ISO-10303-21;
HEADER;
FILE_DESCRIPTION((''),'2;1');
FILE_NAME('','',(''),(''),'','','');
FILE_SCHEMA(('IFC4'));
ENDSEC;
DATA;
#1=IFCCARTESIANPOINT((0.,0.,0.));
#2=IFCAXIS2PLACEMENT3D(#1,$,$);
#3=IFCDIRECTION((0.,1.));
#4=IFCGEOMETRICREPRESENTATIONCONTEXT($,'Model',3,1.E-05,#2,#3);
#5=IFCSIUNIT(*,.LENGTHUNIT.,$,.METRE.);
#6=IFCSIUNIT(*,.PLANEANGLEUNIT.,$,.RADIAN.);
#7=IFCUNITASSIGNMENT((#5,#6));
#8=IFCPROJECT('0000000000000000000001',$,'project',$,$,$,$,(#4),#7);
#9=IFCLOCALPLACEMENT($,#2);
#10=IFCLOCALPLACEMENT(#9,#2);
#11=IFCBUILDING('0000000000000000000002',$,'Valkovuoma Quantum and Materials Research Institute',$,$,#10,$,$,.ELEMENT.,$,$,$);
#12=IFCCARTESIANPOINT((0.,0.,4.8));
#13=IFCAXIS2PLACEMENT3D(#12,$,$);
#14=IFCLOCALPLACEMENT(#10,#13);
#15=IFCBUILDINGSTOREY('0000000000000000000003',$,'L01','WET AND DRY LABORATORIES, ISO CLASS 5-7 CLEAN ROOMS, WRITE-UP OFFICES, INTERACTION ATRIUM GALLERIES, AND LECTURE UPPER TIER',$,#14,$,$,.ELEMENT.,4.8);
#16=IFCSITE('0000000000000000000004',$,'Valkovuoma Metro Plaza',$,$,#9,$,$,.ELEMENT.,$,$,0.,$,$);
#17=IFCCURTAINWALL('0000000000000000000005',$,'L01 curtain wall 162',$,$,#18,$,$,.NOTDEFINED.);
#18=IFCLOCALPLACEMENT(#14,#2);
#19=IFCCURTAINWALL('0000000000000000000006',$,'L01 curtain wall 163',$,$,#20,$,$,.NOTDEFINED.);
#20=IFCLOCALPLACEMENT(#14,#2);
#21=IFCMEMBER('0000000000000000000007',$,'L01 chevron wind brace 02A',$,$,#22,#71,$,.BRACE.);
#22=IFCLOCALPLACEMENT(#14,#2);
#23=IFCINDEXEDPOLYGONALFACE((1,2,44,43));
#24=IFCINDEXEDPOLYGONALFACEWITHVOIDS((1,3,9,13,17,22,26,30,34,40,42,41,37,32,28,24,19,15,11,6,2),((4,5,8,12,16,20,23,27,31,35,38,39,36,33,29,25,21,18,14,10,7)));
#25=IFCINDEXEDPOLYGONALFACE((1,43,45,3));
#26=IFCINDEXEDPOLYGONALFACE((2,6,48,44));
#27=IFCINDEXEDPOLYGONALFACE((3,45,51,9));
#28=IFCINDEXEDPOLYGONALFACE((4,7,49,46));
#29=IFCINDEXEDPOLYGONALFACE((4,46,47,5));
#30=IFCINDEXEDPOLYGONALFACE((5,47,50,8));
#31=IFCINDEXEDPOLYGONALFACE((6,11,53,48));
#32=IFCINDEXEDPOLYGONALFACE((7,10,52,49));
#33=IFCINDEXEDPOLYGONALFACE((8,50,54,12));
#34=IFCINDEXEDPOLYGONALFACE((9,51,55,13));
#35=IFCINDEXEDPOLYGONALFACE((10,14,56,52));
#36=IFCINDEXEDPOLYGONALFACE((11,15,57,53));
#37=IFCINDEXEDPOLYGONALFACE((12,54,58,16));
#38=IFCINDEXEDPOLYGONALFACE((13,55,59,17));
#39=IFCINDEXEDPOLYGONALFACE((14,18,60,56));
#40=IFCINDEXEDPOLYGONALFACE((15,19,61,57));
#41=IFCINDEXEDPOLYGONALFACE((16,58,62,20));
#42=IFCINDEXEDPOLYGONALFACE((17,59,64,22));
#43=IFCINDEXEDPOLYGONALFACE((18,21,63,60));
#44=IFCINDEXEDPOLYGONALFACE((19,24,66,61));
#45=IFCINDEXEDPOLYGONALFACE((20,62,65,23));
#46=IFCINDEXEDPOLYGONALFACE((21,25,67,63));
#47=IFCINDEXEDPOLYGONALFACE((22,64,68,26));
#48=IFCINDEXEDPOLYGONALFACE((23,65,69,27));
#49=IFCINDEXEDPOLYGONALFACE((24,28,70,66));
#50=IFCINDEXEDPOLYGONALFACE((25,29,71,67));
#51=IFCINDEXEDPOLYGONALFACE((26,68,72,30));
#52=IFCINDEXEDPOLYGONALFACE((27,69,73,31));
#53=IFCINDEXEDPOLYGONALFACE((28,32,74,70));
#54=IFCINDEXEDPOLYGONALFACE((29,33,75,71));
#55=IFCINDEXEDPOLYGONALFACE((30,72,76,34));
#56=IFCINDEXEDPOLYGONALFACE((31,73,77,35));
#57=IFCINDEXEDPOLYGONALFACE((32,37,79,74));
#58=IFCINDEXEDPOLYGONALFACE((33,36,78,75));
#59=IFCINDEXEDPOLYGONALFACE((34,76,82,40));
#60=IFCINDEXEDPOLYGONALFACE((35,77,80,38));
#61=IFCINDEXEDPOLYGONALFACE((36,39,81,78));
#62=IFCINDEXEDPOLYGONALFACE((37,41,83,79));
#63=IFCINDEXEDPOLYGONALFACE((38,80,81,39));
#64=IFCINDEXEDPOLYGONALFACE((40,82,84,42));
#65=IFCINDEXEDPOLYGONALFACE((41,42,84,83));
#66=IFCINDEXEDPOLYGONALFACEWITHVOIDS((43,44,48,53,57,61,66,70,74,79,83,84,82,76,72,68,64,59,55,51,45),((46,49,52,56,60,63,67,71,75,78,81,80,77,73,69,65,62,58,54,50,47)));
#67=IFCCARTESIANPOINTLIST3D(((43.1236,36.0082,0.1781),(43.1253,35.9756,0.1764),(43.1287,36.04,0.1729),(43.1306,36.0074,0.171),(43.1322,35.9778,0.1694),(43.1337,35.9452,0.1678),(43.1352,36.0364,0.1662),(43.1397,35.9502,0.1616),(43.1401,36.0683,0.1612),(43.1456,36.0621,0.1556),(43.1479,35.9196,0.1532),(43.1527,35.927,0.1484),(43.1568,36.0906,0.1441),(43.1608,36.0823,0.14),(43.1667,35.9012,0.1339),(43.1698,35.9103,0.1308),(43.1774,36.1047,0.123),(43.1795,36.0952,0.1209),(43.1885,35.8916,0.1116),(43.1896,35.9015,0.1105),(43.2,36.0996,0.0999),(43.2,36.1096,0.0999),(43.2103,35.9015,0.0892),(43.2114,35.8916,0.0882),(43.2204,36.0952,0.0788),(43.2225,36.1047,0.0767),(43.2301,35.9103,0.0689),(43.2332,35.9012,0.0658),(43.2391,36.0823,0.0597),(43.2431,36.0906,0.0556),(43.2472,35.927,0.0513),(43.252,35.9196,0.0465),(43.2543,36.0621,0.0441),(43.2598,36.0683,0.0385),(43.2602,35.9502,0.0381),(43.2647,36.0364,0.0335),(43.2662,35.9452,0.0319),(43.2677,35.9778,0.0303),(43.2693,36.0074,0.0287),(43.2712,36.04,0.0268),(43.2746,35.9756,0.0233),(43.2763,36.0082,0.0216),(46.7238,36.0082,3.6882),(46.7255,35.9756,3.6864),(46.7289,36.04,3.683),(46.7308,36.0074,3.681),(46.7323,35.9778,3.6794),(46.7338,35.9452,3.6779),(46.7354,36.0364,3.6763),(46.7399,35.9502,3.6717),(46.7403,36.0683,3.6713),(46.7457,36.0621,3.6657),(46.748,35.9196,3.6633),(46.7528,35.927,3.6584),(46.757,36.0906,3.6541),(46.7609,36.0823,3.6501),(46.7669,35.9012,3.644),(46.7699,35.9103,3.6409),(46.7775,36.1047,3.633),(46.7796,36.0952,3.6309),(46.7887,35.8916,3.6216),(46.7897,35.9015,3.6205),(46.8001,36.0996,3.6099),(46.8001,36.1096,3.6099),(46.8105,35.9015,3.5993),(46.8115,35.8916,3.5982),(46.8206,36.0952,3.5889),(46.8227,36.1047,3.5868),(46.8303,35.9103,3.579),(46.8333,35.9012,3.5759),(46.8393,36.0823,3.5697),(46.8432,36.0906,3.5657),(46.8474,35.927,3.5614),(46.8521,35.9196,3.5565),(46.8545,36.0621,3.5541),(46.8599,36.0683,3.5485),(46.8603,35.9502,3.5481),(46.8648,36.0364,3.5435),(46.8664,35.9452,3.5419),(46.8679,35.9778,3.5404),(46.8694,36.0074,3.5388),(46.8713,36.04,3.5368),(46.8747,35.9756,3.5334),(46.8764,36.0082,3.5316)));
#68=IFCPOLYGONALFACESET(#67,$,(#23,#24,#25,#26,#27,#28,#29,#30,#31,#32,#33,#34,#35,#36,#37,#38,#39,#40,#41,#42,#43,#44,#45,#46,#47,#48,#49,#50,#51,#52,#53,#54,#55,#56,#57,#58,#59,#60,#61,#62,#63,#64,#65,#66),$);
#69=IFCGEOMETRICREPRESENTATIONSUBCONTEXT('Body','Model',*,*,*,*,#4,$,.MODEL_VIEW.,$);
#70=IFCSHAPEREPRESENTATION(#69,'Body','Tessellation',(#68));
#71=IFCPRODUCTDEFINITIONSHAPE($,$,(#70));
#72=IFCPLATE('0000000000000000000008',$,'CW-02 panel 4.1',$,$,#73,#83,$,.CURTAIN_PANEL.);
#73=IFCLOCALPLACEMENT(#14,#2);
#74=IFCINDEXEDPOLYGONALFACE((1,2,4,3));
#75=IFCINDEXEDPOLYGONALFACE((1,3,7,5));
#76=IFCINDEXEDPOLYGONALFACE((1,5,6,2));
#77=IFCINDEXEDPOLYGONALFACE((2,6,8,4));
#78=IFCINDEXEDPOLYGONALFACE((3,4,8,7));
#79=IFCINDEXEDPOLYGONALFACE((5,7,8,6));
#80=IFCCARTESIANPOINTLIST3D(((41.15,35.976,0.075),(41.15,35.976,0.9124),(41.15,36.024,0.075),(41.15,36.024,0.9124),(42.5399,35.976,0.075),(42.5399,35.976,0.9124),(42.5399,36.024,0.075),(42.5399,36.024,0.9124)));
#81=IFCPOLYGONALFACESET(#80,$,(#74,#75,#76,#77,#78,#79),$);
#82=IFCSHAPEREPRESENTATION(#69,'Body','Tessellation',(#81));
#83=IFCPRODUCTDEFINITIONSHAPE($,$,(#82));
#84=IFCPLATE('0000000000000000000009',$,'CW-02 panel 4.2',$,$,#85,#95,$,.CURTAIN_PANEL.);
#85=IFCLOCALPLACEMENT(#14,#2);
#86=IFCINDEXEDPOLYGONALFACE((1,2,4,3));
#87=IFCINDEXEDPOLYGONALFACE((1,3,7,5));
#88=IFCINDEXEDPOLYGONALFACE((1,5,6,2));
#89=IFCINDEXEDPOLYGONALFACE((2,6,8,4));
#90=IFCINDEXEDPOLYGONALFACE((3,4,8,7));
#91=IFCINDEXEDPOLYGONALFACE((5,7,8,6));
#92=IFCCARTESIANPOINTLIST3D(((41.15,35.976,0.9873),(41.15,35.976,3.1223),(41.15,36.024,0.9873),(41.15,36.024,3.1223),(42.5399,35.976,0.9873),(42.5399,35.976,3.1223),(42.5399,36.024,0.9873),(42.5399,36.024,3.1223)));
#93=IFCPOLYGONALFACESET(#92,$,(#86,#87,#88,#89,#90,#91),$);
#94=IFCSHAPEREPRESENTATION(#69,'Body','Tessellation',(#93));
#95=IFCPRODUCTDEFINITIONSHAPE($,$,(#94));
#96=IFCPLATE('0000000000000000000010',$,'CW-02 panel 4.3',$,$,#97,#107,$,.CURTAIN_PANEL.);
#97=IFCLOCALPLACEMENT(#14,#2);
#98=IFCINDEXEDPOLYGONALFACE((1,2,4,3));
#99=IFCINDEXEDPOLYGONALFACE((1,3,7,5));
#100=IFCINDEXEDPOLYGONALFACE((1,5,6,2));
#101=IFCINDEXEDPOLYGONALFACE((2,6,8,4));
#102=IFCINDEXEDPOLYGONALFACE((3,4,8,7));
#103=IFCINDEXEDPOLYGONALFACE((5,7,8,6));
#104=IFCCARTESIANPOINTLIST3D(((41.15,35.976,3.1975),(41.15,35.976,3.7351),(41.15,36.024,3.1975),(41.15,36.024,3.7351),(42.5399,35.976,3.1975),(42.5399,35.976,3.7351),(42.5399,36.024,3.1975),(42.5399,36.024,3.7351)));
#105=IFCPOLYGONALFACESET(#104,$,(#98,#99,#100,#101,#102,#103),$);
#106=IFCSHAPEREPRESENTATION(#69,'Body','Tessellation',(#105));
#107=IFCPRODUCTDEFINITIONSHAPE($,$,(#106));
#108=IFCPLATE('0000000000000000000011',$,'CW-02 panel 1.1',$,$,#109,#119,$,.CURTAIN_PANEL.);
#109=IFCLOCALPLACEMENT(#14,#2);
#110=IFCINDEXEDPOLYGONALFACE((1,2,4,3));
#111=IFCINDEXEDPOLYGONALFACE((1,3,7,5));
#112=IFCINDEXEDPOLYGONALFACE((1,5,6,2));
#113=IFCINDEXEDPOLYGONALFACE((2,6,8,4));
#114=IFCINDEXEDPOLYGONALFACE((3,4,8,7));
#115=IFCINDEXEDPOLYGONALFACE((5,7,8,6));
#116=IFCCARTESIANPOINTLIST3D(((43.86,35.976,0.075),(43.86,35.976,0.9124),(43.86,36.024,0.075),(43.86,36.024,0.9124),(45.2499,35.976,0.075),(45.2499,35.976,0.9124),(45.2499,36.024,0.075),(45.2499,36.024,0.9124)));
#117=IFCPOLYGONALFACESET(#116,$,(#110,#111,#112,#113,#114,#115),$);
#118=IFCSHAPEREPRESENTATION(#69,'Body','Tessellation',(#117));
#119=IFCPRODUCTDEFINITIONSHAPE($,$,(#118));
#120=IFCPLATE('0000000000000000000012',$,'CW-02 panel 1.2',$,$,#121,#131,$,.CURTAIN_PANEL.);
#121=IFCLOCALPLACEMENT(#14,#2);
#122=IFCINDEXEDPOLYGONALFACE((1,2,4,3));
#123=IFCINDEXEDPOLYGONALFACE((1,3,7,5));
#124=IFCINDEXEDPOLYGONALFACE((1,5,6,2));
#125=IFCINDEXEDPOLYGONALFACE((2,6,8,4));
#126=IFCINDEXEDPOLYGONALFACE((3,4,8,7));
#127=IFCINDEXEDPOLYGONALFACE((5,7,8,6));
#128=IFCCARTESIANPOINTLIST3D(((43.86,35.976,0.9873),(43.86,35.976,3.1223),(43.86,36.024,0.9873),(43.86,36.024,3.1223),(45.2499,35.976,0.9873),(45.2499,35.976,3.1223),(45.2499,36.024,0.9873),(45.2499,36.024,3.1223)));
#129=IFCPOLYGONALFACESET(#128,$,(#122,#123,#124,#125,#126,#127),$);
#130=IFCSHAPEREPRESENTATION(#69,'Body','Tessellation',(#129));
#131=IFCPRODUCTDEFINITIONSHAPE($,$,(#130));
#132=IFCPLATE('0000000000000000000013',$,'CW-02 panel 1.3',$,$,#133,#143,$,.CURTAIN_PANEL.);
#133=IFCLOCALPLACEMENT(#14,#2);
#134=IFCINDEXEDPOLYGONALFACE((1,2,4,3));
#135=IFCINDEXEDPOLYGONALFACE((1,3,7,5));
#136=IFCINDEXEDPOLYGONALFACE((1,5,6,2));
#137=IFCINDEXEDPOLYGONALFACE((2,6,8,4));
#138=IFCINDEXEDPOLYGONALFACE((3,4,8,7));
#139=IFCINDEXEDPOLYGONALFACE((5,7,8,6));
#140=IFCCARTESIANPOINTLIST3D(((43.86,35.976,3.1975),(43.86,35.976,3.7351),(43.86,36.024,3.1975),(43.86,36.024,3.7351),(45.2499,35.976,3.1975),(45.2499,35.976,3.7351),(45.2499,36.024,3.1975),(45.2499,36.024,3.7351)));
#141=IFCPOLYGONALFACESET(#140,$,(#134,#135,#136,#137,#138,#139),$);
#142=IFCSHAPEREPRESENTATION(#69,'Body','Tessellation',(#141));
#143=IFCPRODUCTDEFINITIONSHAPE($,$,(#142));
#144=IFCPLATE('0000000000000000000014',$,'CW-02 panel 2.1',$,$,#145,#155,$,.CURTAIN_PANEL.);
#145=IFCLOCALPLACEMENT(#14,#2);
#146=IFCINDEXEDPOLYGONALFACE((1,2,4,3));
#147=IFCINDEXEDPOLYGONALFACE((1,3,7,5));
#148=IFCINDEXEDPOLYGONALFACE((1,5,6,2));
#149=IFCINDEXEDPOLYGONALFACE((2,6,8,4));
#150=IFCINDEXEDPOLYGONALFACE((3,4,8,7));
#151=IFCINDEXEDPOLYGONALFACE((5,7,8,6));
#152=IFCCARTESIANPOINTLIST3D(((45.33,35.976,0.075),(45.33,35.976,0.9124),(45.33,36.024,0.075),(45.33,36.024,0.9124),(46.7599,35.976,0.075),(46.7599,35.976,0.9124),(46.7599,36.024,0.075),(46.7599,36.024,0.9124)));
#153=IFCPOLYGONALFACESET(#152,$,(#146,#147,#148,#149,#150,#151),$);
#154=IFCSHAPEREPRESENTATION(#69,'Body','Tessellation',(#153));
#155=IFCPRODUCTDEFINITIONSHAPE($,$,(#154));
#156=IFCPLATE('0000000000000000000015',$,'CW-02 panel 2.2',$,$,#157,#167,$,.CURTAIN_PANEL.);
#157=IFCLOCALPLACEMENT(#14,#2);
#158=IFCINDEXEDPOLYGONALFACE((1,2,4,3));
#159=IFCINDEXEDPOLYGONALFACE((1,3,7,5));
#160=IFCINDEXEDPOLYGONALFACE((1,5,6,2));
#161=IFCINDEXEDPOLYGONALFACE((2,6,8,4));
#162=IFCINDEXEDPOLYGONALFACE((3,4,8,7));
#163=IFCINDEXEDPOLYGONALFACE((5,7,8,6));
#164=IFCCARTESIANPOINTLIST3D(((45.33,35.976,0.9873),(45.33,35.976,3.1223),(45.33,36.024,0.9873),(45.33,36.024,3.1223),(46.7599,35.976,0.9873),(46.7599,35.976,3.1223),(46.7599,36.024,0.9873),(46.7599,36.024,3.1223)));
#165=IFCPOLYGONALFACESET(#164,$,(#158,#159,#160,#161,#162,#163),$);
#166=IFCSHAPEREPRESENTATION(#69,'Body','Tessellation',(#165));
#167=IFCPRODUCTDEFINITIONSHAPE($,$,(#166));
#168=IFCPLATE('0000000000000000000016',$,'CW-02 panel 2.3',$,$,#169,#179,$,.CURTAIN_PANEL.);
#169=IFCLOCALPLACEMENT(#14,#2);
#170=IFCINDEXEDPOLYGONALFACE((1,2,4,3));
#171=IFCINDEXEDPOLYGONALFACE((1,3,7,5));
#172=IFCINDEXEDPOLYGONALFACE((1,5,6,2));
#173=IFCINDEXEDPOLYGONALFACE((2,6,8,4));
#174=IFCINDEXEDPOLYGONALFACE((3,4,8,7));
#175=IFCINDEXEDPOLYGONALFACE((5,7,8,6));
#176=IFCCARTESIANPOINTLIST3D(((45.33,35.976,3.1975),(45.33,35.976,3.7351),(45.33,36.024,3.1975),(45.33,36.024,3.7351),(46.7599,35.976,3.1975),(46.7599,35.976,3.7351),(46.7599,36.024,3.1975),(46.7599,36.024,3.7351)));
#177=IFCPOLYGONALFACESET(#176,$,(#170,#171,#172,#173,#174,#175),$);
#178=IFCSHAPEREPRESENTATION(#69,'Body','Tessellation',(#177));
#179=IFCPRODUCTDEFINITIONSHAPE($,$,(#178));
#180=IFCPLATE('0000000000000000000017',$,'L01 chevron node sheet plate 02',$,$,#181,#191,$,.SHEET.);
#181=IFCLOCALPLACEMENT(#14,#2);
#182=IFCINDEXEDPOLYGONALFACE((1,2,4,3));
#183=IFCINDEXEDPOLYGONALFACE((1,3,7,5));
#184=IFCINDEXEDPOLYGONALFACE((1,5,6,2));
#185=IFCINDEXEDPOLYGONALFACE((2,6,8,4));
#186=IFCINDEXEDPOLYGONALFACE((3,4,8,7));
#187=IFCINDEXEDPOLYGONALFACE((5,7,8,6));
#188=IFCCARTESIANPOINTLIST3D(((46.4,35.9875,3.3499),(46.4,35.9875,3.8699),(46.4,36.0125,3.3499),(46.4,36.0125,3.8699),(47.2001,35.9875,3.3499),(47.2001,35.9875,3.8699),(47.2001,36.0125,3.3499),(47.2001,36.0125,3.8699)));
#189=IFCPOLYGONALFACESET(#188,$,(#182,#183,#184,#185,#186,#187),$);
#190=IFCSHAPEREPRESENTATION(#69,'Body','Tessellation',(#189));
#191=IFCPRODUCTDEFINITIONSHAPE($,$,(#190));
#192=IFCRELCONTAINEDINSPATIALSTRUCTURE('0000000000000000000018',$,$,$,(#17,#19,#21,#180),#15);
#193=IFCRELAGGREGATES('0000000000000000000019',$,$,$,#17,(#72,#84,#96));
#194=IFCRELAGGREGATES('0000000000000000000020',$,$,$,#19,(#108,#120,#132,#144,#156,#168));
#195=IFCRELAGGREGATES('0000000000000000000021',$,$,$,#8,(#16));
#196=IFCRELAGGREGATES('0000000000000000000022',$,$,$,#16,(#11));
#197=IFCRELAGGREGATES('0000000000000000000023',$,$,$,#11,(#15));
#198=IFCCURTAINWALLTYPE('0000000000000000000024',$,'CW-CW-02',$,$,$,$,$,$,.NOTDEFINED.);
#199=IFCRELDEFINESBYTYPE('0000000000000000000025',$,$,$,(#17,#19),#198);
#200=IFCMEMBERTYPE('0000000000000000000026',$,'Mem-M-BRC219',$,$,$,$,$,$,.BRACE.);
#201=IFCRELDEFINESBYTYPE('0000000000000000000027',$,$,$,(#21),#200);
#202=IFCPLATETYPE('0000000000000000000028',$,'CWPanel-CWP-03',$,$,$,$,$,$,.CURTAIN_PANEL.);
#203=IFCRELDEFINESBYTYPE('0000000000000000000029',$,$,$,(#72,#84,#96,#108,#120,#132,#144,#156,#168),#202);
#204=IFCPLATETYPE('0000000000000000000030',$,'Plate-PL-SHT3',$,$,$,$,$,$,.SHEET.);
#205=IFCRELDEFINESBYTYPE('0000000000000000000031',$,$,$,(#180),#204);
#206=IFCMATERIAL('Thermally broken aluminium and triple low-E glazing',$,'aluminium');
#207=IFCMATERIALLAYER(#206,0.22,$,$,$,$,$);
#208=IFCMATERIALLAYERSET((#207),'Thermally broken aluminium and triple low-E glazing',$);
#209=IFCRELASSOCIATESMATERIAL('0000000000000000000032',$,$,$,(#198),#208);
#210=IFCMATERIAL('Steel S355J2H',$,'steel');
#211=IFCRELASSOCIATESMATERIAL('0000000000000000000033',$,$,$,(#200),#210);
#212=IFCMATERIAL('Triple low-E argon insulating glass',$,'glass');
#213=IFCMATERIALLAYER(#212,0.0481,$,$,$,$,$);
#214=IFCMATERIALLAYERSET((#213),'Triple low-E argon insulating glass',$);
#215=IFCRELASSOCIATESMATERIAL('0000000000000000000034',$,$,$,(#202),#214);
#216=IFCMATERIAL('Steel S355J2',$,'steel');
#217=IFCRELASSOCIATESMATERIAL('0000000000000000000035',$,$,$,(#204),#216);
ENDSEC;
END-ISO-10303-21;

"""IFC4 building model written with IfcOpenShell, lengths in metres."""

from ifc_helpers import new_model, si_unit, direction, frame, origin, origin_2d, place, context, subcontext, project, spatial, rectangle, hollow_circle, extrude, material, layer, layer_set, material_profile, profile_set, type_object, element, aggregate, save


model = new_model("IFC4")

# Units and contexts
model_context = context("Model", 3, precision=1e-05, world=origin(), true_north=direction((0.0, 1.0)))
body_context = subcontext(model_context, "Body", "Model", "MODEL_VIEW")
ifc_project = project(units=[si_unit("LENGTHUNIT", "METRE"), si_unit("PLANEANGLEUNIT", "RADIAN")], contexts=[model_context])

# Site, building, storey
site_placement = place(None, origin())
site = spatial("IfcSite", under=ifc_project, at=site_placement, Name="Valkovuoma Metro Plaza", CompositionType="ELEMENT", RefElevation=0.0)
building_placement = place(site_placement, origin())
building = spatial("IfcBuilding", under=site, at=building_placement, Name="Valkovuoma Quantum and Materials Research Institute", CompositionType="ELEMENT")
storey_placement = place(building_placement, frame((0.0, 0.0, 4.8)))
storey = spatial("IfcBuildingStorey", under=building, at=storey_placement, Name="L01", Description="WET AND DRY LABORATORIES, ISO CLASS 5-7 CLEAN ROOMS, WRITE-UP OFFICES, INTERACTION ATRIUM GALLERIES, AND LECTURE UPPER TIER", CompositionType="ELEMENT", Elevation=4.8)

# Curtain wall
ifc_material_1 = material(Name="Thermally broken aluminium and triple low-E glazing", Category="aluminium")
ifc_layer_1 = layer(ifc_material_1, 0.22)
ifc_layer_set_1 = layer_set([ifc_layer_1], Name="Thermally broken aluminium and triple low-E glazing")
curtain_wall_type = type_object("IfcCurtainWallType", Name="CW-CW-02", PredefinedType="NOTDEFINED", material=ifc_layer_set_1)
curtain_wall_1_placement = place(storey_placement, origin())
curtain_wall_1 = element("IfcCurtainWall", 1, at=curtain_wall_1_placement, inside=storey, type_object=curtain_wall_type, Name="L01 curtain wall 162", PredefinedType="NOTDEFINED")

# Curtain wall
curtain_wall_2_placement = place(storey_placement, origin())
curtain_wall_2 = element("IfcCurtainWall", 2, at=curtain_wall_2_placement, inside=storey, type_object=curtain_wall_type, Name="L01 curtain wall 163", PredefinedType="NOTDEFINED")

# Member
ifc_material_2 = material(Name="Steel S355J2H", Category="steel")
ifc_material_profile_1 = material_profile(ifc_material_2, hollow_circle(Radius=0.1096, WallThickness=0.01, at=origin_2d()), Name="Steel S355J2H")
ifc_profile_set_1 = profile_set([ifc_material_profile_1], Name="Steel S355J2H")
member_type_1 = type_object("IfcMemberType", Name="Mem-M-BRC219", PredefinedType="BRACE", material=ifc_profile_set_1)
member_1_placement = place(storey_placement, frame((43.2, 36.0, 0.0999), z_axis=(0.716009, 0.0, 0.698091), x_axis=(0.0, 1.0, 0.0)))
element("IfcMember", 3, at=member_1_placement, inside=storey, type_object=member_type_1, Name="L01 chevron wind brace 02A", PredefinedType="BRACE", context=body_context, shape_type="SweptSolid", body=[
    extrude(hollow_circle(Radius=0.1096, WallThickness=0.01, at=origin_2d()), origin(), (0.0, 0.0, 1.0), 5.0281),
])

# Plates
ifc_material_3 = material(Name="Triple low-E argon insulating glass", Category="glass")
ifc_layer_2 = layer(ifc_material_3, 0.0481)
ifc_layer_set_2 = layer_set([ifc_layer_2], Name="Triple low-E argon insulating glass")
plate_type_1 = type_object("IfcPlateType", Name="CWPanel-CWP-03", PredefinedType="CURTAIN_PANEL", material=ifc_layer_set_2)
plate_1_placement = place(storey_placement, frame((41.845, 36.0, 0.075), z_axis=(0.0, 0.0, 1.0), x_axis=(1.0, 0.0, 0.0)))
plate_1 = element("IfcPlate", 4, at=plate_1_placement, type_object=plate_type_1, Name="CW-02 panel 4.1", PredefinedType="CURTAIN_PANEL", context=body_context, shape_type="SweptSolid", body=[
    extrude(rectangle(XDim=1.3899, YDim=0.0481, at=origin_2d()), origin(), (0.0, 0.0, 1.0), 0.8374),
])
plate_2_placement = place(storey_placement, frame((41.845, 36.0, 0.9873), z_axis=(0.0, 0.0, 1.0), x_axis=(1.0, 0.0, 0.0)))
plate_2 = element("IfcPlate", 5, at=plate_2_placement, type_object=plate_type_1, Name="CW-02 panel 4.2", PredefinedType="CURTAIN_PANEL", context=body_context, shape_type="SweptSolid", body=[
    extrude(rectangle(XDim=1.3899, YDim=0.0481, at=origin_2d()), origin(), (0.0, 0.0, 1.0), 2.135),
])
plate_3_placement = place(storey_placement, frame((41.845, 36.0, 3.1975), z_axis=(0.0, 0.0, 1.0), x_axis=(1.0, 0.0, 0.0)))
plate_3 = element("IfcPlate", 6, at=plate_3_placement, type_object=plate_type_1, Name="CW-02 panel 4.3", PredefinedType="CURTAIN_PANEL", context=body_context, shape_type="SweptSolid", body=[
    extrude(rectangle(XDim=1.3899, YDim=0.0481, at=origin_2d()), origin(), (0.0, 0.0, 1.0), 0.5376),
])
aggregate(curtain_wall_1, [plate_1, plate_2, plate_3])
plate_4_placement = place(storey_placement, frame((44.5549, 36.0, 0.075), z_axis=(0.0, 0.0, 1.0), x_axis=(1.0, 0.0, 0.0)))
plate_4 = element("IfcPlate", 7, at=plate_4_placement, type_object=plate_type_1, Name="CW-02 panel 1.1", PredefinedType="CURTAIN_PANEL", context=body_context, shape_type="SweptSolid", body=[
    extrude(rectangle(XDim=1.3899, YDim=0.0481, at=origin_2d()), origin(), (0.0, 0.0, 1.0), 0.8374),
])
plate_5_placement = place(storey_placement, frame((44.5549, 36.0, 0.9873), z_axis=(0.0, 0.0, 1.0), x_axis=(1.0, 0.0, 0.0)))
plate_5 = element("IfcPlate", 8, at=plate_5_placement, type_object=plate_type_1, Name="CW-02 panel 1.2", PredefinedType="CURTAIN_PANEL", context=body_context, shape_type="SweptSolid", body=[
    extrude(rectangle(XDim=1.3899, YDim=0.0481, at=origin_2d()), origin(), (0.0, 0.0, 1.0), 2.135),
])
plate_6_placement = place(storey_placement, frame((44.5549, 36.0, 3.1975), z_axis=(0.0, 0.0, 1.0), x_axis=(1.0, 0.0, 0.0)))
plate_6 = element("IfcPlate", 9, at=plate_6_placement, type_object=plate_type_1, Name="CW-02 panel 1.3", PredefinedType="CURTAIN_PANEL", context=body_context, shape_type="SweptSolid", body=[
    extrude(rectangle(XDim=1.3899, YDim=0.0481, at=origin_2d()), origin(), (0.0, 0.0, 1.0), 0.5376),
])
plate_7_placement = place(storey_placement, frame((46.0449, 36.0, 0.075), z_axis=(0.0, 0.0, 1.0), x_axis=(1.0, 0.0, 0.0)))
plate_7 = element("IfcPlate", 10, at=plate_7_placement, type_object=plate_type_1, Name="CW-02 panel 2.1", PredefinedType="CURTAIN_PANEL", context=body_context, shape_type="SweptSolid", body=[
    extrude(rectangle(XDim=1.4299, YDim=0.0481, at=origin_2d()), origin(), (0.0, 0.0, 1.0), 0.8374),
])
plate_8_placement = place(storey_placement, frame((46.0449, 36.0, 0.9873), z_axis=(0.0, 0.0, 1.0), x_axis=(1.0, 0.0, 0.0)))
plate_8 = element("IfcPlate", 11, at=plate_8_placement, type_object=plate_type_1, Name="CW-02 panel 2.2", PredefinedType="CURTAIN_PANEL", context=body_context, shape_type="SweptSolid", body=[
    extrude(rectangle(XDim=1.4299, YDim=0.0481, at=origin_2d()), origin(), (0.0, 0.0, 1.0), 2.135),
])
plate_9_placement = place(storey_placement, frame((46.0449, 36.0, 3.1975), z_axis=(0.0, 0.0, 1.0), x_axis=(1.0, 0.0, 0.0)))
plate_9 = element("IfcPlate", 12, at=plate_9_placement, type_object=plate_type_1, Name="CW-02 panel 2.3", PredefinedType="CURTAIN_PANEL", context=body_context, shape_type="SweptSolid", body=[
    extrude(rectangle(XDim=1.4299, YDim=0.0481, at=origin_2d()), origin(), (0.0, 0.0, 1.0), 0.5376),
])
aggregate(curtain_wall_2, [plate_4, plate_5, plate_6, plate_7, plate_8, plate_9])
ifc_material_4 = material(Name="Steel S355J2", Category="steel")
plate_type_2 = type_object("IfcPlateType", Name="Plate-PL-SHT3", PredefinedType="SHEET", material=ifc_material_4)
plate_10_placement = place(storey_placement, frame((46.8, 36.0, 3.3499), z_axis=(0.0, 0.0, 1.0), x_axis=(1.0, 0.0, 0.0)))
element("IfcPlate", 13, at=plate_10_placement, inside=storey, type_object=plate_type_2, Name="L01 chevron node sheet plate 02", PredefinedType="SHEET", context=body_context, shape_type="SweptSolid", body=[
    extrude(rectangle(XDim=0.8, YDim=0.0249, at=origin_2d()), origin(), (0.0, 0.0, 1.0), 0.52),
])

save(model, "model.ifc")
